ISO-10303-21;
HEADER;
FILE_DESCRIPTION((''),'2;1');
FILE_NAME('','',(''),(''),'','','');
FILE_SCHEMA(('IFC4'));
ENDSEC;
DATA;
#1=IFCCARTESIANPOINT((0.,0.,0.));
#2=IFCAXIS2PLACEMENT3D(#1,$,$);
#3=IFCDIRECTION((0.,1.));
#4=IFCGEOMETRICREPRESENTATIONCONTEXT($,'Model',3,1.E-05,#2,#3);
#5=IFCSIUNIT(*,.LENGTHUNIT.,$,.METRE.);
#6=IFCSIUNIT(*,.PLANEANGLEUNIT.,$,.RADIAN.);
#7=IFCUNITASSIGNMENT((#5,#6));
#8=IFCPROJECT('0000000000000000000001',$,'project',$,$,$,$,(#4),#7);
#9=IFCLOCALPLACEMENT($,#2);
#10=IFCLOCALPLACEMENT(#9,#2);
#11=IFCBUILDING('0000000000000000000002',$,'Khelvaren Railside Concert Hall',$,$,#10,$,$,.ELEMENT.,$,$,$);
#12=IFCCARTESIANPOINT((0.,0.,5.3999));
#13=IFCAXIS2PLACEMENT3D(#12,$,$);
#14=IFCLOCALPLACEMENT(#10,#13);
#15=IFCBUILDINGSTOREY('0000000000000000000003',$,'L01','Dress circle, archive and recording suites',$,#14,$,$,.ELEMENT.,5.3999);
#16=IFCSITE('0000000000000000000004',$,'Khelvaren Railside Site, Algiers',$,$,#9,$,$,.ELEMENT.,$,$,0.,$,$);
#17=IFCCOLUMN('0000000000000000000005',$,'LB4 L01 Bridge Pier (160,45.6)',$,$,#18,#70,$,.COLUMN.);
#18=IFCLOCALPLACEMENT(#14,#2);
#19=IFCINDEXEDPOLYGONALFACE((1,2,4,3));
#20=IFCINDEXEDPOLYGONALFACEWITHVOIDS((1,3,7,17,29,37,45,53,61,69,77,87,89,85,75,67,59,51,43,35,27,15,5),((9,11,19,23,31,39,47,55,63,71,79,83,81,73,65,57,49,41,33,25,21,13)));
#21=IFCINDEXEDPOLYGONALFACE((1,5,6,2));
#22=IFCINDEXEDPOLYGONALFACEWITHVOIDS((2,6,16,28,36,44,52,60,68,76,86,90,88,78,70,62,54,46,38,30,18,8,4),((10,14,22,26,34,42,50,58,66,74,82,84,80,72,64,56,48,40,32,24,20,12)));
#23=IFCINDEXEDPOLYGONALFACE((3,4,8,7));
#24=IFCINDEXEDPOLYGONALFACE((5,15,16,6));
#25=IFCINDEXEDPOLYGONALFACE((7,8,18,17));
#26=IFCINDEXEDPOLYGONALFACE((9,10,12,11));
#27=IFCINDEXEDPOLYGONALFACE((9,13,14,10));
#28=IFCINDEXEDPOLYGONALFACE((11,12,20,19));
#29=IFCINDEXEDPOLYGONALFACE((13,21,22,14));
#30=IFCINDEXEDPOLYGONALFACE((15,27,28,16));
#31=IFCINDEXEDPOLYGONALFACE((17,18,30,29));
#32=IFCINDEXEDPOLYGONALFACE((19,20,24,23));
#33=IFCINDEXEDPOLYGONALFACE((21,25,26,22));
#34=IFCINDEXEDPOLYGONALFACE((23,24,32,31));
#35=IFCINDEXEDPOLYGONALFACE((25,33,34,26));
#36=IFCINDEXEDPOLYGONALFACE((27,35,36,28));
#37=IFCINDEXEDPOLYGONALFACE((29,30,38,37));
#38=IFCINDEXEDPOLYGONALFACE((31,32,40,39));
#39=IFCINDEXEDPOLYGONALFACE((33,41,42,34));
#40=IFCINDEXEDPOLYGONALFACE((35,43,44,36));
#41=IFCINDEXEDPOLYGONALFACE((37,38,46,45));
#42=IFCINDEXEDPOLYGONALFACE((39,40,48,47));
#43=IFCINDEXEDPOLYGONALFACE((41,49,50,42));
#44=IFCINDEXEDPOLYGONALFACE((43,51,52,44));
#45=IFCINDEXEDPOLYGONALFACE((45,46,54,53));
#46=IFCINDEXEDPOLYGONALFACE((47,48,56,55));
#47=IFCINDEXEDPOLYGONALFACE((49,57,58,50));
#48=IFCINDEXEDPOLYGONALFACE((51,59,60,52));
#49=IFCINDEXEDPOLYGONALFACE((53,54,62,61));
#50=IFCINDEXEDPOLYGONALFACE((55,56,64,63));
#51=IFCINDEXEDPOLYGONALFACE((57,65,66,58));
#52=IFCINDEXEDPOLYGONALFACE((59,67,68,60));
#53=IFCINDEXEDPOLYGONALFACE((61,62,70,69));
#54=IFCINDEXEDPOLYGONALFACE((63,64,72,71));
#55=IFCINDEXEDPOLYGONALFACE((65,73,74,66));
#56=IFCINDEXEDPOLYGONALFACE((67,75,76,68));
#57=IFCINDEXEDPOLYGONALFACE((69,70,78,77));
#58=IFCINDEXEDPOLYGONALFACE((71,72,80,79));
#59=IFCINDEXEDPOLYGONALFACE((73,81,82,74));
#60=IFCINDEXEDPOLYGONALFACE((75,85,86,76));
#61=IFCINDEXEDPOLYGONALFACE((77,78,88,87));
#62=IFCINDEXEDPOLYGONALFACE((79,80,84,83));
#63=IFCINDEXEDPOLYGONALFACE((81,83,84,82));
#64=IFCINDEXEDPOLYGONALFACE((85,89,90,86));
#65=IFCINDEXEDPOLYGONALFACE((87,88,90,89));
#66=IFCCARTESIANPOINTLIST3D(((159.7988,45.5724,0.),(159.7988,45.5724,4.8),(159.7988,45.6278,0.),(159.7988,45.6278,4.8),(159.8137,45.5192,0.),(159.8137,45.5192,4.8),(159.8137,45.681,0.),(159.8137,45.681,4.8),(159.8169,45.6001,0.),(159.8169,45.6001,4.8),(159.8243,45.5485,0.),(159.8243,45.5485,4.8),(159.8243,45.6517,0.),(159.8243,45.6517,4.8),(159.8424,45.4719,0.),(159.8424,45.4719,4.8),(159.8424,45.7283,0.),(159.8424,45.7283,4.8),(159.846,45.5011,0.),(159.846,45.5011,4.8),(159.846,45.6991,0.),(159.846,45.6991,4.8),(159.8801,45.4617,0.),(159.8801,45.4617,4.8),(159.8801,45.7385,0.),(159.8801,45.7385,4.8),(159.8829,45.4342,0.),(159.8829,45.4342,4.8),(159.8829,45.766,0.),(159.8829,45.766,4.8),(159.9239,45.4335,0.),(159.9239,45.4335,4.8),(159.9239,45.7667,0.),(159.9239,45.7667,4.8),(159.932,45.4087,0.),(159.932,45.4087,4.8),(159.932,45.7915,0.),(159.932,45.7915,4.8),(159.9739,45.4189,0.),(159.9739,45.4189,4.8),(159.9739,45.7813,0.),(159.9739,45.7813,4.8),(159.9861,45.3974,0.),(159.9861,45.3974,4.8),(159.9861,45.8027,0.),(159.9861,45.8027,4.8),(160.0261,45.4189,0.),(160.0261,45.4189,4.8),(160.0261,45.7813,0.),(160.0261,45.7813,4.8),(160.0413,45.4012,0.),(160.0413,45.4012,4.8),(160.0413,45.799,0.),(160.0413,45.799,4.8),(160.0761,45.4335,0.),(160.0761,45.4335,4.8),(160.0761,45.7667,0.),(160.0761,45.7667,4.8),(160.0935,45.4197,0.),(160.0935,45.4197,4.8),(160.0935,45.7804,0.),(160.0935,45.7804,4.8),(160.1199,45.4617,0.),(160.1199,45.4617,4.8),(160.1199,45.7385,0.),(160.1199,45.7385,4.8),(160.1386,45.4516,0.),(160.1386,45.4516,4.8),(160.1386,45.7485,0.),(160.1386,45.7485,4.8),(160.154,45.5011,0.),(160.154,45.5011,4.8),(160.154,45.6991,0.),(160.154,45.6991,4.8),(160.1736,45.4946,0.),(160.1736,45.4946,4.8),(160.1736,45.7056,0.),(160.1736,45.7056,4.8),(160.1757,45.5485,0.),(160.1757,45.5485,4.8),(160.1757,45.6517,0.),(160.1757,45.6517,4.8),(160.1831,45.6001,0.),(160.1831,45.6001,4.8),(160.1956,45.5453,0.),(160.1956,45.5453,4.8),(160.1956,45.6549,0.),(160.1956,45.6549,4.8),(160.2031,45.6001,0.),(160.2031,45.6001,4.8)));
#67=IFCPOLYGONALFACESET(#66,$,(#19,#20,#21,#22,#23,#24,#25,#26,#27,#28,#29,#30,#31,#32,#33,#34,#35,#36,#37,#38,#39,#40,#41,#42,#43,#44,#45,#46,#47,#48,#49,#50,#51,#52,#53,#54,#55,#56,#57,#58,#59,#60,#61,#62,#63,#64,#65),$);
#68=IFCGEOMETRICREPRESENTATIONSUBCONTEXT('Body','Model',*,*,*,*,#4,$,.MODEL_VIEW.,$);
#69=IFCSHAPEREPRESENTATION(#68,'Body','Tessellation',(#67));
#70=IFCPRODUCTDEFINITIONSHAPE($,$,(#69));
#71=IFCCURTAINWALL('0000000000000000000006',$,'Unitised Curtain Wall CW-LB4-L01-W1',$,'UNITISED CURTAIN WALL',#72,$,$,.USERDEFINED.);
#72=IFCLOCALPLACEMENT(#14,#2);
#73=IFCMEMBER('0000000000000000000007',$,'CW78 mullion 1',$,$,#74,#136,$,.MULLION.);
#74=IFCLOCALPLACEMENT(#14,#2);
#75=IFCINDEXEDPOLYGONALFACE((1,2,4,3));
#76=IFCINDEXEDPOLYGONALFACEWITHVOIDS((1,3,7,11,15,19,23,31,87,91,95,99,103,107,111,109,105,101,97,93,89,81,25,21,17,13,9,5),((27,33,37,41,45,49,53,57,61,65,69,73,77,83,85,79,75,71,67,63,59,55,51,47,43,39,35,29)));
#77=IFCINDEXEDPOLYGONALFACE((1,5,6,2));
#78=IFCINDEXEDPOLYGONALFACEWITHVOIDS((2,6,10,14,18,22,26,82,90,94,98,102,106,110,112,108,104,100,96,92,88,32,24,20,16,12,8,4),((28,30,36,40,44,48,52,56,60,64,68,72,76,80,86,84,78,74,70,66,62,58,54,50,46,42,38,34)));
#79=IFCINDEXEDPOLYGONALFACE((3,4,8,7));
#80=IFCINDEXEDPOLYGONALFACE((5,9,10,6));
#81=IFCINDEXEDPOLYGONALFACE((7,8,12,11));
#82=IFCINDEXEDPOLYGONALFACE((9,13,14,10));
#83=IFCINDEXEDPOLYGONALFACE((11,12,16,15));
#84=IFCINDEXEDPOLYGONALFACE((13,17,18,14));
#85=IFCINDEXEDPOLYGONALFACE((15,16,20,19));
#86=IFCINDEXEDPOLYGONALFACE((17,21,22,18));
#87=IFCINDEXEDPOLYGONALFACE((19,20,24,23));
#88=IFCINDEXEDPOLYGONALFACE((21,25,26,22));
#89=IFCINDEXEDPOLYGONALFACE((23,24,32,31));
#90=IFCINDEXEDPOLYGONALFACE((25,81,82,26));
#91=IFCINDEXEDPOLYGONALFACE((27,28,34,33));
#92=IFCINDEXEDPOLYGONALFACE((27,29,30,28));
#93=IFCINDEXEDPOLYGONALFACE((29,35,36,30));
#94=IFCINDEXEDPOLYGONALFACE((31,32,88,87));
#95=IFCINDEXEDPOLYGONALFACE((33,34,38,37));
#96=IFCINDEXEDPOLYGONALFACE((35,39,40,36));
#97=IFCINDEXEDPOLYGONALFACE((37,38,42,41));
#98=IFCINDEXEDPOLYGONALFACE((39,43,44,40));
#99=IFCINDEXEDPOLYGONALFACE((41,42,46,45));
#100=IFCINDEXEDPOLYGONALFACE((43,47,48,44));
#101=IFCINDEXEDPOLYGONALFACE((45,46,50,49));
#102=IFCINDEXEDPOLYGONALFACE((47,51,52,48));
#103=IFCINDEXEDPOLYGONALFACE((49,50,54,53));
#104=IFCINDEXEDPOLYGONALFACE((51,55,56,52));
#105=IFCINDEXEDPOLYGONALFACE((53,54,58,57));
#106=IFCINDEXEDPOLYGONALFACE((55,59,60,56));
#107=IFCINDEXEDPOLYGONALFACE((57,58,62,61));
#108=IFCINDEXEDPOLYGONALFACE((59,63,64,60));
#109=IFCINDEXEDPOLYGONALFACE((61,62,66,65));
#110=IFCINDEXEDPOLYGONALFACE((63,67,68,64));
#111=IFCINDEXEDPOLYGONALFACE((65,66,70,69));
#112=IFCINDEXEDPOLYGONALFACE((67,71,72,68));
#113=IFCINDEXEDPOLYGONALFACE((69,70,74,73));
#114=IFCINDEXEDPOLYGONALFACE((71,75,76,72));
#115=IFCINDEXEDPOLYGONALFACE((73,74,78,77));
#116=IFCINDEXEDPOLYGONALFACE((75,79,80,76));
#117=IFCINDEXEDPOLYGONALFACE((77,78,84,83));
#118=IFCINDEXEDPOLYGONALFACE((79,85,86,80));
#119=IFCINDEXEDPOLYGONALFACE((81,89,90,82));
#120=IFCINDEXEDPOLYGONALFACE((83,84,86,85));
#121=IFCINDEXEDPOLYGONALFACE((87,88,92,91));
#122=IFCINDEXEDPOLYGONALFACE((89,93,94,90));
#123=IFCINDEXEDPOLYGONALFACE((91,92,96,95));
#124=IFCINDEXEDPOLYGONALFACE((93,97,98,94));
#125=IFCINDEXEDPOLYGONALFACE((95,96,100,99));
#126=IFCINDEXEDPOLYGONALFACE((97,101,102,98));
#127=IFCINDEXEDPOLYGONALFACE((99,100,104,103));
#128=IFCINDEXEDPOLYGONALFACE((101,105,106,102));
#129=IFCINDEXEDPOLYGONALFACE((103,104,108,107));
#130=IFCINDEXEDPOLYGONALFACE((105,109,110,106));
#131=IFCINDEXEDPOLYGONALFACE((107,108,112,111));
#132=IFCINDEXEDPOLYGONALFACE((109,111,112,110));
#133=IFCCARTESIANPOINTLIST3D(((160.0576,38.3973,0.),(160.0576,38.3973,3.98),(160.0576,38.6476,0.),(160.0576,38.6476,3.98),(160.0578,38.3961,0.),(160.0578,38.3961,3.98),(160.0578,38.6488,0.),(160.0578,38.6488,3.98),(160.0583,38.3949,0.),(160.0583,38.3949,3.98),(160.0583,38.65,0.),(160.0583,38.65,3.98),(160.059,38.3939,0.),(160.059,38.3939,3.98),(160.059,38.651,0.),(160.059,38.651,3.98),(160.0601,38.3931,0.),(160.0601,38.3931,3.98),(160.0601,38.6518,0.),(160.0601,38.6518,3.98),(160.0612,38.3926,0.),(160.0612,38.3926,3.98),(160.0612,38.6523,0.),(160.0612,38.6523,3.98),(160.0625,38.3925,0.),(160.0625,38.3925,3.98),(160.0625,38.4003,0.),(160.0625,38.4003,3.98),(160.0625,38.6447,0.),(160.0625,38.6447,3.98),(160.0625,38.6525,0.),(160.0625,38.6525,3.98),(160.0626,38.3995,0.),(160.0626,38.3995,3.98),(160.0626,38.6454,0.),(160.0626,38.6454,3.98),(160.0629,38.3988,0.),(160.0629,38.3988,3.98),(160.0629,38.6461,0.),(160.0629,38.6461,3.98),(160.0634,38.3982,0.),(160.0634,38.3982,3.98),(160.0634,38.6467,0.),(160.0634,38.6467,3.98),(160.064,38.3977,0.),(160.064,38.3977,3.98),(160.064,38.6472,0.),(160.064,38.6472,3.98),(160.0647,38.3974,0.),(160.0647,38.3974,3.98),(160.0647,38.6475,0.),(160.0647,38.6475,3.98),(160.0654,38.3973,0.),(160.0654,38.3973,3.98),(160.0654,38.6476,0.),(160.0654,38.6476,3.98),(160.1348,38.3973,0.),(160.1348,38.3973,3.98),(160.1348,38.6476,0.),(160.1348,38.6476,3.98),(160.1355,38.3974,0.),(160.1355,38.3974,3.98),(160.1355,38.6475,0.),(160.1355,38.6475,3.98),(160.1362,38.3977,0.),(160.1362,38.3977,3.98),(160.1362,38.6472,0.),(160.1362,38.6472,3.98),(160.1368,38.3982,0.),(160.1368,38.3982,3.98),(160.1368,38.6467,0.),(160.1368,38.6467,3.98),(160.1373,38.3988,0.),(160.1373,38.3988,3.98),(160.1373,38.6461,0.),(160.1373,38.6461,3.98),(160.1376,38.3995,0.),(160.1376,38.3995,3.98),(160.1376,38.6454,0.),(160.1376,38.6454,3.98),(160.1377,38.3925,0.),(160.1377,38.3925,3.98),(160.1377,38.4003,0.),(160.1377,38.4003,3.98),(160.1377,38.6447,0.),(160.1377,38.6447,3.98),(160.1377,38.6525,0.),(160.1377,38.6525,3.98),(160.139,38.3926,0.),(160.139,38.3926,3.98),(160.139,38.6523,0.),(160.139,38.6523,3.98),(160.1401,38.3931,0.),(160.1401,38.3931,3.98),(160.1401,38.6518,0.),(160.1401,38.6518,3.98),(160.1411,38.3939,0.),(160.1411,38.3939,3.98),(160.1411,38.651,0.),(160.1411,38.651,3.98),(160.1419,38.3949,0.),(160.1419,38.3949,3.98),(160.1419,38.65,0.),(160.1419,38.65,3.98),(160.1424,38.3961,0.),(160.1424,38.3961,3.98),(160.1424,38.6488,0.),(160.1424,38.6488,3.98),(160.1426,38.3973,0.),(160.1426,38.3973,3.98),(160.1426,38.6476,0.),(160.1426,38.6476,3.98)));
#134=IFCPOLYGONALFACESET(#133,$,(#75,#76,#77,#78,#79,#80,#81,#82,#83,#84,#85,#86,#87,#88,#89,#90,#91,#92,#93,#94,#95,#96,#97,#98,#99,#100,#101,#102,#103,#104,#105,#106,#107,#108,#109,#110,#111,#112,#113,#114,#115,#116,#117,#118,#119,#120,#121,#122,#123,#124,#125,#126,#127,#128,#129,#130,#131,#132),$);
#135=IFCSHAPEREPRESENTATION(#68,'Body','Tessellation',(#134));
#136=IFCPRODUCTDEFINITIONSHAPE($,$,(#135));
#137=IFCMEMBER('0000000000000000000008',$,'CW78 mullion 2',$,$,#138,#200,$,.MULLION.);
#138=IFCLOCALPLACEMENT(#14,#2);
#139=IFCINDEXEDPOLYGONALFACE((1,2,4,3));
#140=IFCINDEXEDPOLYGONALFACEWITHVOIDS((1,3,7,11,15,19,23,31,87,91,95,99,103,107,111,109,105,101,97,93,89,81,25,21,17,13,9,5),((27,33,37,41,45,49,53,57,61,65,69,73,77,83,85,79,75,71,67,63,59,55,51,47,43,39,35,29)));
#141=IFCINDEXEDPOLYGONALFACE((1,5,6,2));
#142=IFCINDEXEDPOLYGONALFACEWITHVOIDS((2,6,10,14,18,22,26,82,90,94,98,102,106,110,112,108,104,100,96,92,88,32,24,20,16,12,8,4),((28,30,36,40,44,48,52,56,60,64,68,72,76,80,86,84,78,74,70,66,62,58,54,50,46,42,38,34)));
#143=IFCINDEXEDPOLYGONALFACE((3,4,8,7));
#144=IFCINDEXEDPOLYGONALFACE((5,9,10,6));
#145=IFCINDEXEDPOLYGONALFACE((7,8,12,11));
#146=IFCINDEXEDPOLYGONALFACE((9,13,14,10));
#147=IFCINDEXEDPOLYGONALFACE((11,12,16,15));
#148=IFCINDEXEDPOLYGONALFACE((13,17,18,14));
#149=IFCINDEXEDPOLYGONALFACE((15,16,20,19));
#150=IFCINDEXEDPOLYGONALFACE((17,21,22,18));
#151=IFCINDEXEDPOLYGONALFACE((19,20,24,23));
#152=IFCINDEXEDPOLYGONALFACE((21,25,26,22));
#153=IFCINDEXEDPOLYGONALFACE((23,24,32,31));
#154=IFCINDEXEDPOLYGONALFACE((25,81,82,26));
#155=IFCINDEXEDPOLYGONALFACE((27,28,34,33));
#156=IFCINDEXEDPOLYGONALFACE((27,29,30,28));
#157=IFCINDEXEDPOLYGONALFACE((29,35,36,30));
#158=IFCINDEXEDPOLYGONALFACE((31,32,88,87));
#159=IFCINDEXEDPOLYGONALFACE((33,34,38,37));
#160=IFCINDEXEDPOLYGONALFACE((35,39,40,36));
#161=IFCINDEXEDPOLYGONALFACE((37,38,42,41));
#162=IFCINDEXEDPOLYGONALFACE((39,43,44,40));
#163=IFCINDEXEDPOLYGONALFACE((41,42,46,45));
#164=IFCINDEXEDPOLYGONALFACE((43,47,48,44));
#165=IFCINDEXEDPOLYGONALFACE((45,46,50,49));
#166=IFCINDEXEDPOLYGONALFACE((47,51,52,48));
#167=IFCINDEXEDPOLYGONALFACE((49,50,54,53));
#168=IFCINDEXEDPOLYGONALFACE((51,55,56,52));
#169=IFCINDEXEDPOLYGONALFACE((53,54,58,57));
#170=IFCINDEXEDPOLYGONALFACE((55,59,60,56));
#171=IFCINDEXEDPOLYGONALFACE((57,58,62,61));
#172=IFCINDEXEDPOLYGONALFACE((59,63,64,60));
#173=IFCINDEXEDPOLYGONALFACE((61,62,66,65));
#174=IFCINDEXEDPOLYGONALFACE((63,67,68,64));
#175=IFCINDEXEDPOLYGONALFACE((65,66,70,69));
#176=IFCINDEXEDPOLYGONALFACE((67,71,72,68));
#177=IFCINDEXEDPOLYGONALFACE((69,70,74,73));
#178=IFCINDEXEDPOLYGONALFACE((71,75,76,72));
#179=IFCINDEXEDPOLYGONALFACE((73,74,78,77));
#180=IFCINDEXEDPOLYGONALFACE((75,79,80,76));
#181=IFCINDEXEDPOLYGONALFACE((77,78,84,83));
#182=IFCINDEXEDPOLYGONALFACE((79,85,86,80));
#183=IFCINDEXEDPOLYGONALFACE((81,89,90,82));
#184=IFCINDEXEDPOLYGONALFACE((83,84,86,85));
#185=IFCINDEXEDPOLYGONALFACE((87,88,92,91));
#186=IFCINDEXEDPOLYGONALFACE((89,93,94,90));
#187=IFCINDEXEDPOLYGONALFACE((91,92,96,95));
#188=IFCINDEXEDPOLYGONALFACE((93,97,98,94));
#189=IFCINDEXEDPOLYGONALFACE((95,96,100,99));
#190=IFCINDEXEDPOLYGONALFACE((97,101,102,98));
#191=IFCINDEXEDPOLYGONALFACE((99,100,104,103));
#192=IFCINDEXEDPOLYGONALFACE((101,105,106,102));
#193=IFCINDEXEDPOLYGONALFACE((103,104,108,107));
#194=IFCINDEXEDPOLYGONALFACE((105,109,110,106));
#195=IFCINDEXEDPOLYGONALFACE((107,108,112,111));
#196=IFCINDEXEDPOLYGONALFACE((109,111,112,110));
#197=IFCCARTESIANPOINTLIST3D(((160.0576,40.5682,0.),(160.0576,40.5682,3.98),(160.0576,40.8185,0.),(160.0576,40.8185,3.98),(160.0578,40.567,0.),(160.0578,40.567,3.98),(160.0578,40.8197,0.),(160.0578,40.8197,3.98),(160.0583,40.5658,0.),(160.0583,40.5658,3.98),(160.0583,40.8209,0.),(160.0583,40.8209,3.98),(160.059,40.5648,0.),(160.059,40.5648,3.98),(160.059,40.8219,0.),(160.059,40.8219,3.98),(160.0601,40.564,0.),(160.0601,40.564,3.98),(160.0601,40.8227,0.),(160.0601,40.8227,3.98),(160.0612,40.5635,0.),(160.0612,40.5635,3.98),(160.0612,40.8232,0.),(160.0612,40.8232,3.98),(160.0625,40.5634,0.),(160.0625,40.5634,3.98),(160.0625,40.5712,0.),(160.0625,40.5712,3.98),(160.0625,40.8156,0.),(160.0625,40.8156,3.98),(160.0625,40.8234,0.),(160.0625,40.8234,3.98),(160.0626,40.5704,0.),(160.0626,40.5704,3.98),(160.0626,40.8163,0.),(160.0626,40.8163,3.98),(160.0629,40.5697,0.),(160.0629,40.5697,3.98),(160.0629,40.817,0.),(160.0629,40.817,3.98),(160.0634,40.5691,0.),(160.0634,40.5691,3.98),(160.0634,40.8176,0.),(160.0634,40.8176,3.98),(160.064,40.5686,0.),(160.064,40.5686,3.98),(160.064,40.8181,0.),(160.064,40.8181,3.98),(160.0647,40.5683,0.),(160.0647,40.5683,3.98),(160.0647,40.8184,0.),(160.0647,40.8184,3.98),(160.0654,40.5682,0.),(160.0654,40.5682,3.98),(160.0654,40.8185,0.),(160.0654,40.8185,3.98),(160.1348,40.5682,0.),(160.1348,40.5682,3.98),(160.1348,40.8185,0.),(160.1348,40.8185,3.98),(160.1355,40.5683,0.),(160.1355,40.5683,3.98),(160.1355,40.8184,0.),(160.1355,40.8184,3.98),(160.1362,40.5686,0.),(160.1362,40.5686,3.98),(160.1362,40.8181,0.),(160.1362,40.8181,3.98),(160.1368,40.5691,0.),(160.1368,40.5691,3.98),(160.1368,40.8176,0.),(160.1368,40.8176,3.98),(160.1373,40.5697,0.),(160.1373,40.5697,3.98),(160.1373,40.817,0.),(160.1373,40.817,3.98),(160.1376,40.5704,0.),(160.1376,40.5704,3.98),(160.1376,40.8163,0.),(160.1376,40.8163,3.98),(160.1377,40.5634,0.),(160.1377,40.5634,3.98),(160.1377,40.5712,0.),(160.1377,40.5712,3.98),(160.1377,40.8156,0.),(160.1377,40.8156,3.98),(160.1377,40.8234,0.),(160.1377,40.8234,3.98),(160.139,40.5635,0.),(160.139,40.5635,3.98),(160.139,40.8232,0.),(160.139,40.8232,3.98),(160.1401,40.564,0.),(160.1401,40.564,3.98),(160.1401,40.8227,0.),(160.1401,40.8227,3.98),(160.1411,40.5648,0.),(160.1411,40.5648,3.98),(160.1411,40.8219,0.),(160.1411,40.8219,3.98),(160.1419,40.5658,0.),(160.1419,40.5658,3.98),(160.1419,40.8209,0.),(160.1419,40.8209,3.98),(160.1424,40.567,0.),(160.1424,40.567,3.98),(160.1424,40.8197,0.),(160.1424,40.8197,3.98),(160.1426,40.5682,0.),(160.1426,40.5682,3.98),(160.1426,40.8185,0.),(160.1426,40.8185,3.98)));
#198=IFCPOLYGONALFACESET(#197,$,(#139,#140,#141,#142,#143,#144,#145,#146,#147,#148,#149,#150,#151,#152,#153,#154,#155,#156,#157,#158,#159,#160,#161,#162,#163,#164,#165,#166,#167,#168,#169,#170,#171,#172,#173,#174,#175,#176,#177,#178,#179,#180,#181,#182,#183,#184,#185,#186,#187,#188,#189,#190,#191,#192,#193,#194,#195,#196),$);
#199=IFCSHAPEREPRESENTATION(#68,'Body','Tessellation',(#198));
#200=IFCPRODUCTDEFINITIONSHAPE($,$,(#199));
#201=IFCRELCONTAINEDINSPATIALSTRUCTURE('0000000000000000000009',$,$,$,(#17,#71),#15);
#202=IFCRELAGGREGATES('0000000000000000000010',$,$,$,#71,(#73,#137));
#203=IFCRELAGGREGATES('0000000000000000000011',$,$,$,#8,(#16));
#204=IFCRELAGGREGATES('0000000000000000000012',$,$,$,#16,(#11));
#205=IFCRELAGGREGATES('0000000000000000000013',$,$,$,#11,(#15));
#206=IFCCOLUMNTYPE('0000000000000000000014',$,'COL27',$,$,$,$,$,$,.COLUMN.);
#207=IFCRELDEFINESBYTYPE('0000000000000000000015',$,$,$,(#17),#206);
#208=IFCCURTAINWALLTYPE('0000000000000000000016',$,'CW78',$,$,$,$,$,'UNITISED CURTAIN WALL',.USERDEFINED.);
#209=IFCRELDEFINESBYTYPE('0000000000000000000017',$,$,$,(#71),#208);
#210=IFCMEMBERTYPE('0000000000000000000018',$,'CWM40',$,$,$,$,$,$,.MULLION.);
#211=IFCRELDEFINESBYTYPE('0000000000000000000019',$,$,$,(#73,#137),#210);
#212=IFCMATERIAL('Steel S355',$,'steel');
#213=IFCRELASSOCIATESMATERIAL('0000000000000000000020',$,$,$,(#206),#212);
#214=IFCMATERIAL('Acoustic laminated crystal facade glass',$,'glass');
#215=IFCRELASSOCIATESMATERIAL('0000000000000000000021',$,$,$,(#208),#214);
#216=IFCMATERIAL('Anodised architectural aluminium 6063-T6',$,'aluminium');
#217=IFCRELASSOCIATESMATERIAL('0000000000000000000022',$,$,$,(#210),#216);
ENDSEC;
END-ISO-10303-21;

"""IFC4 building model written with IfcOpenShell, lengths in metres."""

from ifc_helpers import new_model, si_unit, direction, frame, origin, origin_2d, place, context, subcontext, project, spatial, hollow_rectangle, hollow_circle, extrude, material, material_profile, profile_set, type_object, element, aggregate, save


model = new_model("IFC4")

# Units and contexts
model_context = context("Model", 3, precision=1e-05, world=origin(), true_north=direction((0.0, 1.0)))
body_context = subcontext(model_context, "Body", "Model", "MODEL_VIEW")
ifc_project = project(units=[si_unit("LENGTHUNIT", "METRE"), si_unit("PLANEANGLEUNIT", "RADIAN")], contexts=[model_context])

# Site, building, storey
site_placement = place(None, origin())
site = spatial("IfcSite", under=ifc_project, at=site_placement, Name="Khelvaren Railside Site, Algiers", CompositionType="ELEMENT", RefElevation=0.0)
building_placement = place(site_placement, origin())
building = spatial("IfcBuilding", under=site, at=building_placement, Name="Khelvaren Railside Concert Hall", CompositionType="ELEMENT")
storey_placement = place(building_placement, frame((0.0, 0.0, 5.3999)))
storey = spatial("IfcBuildingStorey", under=building, at=storey_placement, Name="L01", Description="Dress circle, archive and recording suites", CompositionType="ELEMENT", Elevation=5.3999)

# Column
ifc_material_1 = material(Name="Steel S355", Category="steel")
ifc_material_profile_1 = material_profile(ifc_material_1, hollow_circle(Radius=0.2031, WallThickness=0.02, at=origin_2d()), Name="CHS 406.4x20")
ifc_profile_set_1 = profile_set([ifc_material_profile_1], Name="Steel S355")
column_type = type_object("IfcColumnType", Name="COL27", PredefinedType="COLUMN", material=ifc_profile_set_1)
column_placement = place(storey_placement, frame((160.0, 45.6001, 0.0), z_axis=(0.0, 0.0, 1.0), x_axis=(1.0, 0.0, 0.0)))
element("IfcColumn", 1, at=column_placement, inside=storey, type_object=column_type, Name="LB4 L01 Bridge Pier (160,45.6)", PredefinedType="COLUMN", context=body_context, shape_type="SweptSolid", body=[
    extrude(hollow_circle(Radius=0.2031, WallThickness=0.02, at=origin_2d()), origin(), (0.0, 0.0, 1.0), 4.8),
])

# Curtain wall, members
ifc_material_2 = material(Name="Acoustic laminated crystal facade glass", Category="glass")
curtain_wall_type = type_object("IfcCurtainWallType", Name="CW78", ElementType="UNITISED CURTAIN WALL", PredefinedType="USERDEFINED", material=ifc_material_2)
curtain_wall_placement = place(storey_placement, origin())
curtain_wall = element("IfcCurtainWall", 2, at=curtain_wall_placement, inside=storey, type_object=curtain_wall_type, Name="Unitised Curtain Wall CW-LB4-L01-W1", ObjectType="UNITISED CURTAIN WALL", PredefinedType="USERDEFINED")
ifc_material_3 = material(Name="Anodised architectural aluminium 6063-T6", Category="aluminium")
ifc_material_profile_2 = material_profile(ifc_material_3, hollow_rectangle(XDim=0.085, YDim=0.26, WallThickness=0.0049, InnerFilletRadius=0.0029, OuterFilletRadius=0.0049, at=origin_2d()), Name="CWM 85x260x5")
ifc_profile_set_2 = profile_set([ifc_material_profile_2], Name="Anodised architectural aluminium 6063-T6")
member_type_1 = type_object("IfcMemberType", Name="CWM40", PredefinedType="MULLION", material=ifc_profile_set_2)
member_1_placement = place(storey_placement, frame((160.1001, 38.5225, 0.0), z_axis=(0.0, 0.0, 1.0), x_axis=(-1.0, 0.0, 0.0)))
member_1 = element("IfcMember", 3, at=member_1_placement, type_object=member_type_1, Name="CW78 mullion 1", PredefinedType="MULLION", context=body_context, shape_type="SweptSolid", body=[
    extrude(hollow_rectangle(XDim=0.085, YDim=0.26, WallThickness=0.0049, InnerFilletRadius=0.0029, OuterFilletRadius=0.0049, at=origin_2d()), origin(), (0.0, 0.0, 1.0), 3.98),
])
member_2_placement = place(storey_placement, frame((160.1001, 40.6934, 0.0), z_axis=(0.0, 0.0, 1.0), x_axis=(-1.0, 0.0, 0.0)))
member_2 = element("IfcMember", 4, at=member_2_placement, type_object=member_type_1, Name="CW78 mullion 2", PredefinedType="MULLION", context=body_context, shape_type="SweptSolid", body=[
    extrude(hollow_rectangle(XDim=0.085, YDim=0.26, WallThickness=0.0049, InnerFilletRadius=0.0029, OuterFilletRadius=0.0049, at=origin_2d()), origin(), (0.0, 0.0, 1.0), 3.98),
])
aggregate(curtain_wall, [member_1, member_2])

save(model, "model.ifc")
